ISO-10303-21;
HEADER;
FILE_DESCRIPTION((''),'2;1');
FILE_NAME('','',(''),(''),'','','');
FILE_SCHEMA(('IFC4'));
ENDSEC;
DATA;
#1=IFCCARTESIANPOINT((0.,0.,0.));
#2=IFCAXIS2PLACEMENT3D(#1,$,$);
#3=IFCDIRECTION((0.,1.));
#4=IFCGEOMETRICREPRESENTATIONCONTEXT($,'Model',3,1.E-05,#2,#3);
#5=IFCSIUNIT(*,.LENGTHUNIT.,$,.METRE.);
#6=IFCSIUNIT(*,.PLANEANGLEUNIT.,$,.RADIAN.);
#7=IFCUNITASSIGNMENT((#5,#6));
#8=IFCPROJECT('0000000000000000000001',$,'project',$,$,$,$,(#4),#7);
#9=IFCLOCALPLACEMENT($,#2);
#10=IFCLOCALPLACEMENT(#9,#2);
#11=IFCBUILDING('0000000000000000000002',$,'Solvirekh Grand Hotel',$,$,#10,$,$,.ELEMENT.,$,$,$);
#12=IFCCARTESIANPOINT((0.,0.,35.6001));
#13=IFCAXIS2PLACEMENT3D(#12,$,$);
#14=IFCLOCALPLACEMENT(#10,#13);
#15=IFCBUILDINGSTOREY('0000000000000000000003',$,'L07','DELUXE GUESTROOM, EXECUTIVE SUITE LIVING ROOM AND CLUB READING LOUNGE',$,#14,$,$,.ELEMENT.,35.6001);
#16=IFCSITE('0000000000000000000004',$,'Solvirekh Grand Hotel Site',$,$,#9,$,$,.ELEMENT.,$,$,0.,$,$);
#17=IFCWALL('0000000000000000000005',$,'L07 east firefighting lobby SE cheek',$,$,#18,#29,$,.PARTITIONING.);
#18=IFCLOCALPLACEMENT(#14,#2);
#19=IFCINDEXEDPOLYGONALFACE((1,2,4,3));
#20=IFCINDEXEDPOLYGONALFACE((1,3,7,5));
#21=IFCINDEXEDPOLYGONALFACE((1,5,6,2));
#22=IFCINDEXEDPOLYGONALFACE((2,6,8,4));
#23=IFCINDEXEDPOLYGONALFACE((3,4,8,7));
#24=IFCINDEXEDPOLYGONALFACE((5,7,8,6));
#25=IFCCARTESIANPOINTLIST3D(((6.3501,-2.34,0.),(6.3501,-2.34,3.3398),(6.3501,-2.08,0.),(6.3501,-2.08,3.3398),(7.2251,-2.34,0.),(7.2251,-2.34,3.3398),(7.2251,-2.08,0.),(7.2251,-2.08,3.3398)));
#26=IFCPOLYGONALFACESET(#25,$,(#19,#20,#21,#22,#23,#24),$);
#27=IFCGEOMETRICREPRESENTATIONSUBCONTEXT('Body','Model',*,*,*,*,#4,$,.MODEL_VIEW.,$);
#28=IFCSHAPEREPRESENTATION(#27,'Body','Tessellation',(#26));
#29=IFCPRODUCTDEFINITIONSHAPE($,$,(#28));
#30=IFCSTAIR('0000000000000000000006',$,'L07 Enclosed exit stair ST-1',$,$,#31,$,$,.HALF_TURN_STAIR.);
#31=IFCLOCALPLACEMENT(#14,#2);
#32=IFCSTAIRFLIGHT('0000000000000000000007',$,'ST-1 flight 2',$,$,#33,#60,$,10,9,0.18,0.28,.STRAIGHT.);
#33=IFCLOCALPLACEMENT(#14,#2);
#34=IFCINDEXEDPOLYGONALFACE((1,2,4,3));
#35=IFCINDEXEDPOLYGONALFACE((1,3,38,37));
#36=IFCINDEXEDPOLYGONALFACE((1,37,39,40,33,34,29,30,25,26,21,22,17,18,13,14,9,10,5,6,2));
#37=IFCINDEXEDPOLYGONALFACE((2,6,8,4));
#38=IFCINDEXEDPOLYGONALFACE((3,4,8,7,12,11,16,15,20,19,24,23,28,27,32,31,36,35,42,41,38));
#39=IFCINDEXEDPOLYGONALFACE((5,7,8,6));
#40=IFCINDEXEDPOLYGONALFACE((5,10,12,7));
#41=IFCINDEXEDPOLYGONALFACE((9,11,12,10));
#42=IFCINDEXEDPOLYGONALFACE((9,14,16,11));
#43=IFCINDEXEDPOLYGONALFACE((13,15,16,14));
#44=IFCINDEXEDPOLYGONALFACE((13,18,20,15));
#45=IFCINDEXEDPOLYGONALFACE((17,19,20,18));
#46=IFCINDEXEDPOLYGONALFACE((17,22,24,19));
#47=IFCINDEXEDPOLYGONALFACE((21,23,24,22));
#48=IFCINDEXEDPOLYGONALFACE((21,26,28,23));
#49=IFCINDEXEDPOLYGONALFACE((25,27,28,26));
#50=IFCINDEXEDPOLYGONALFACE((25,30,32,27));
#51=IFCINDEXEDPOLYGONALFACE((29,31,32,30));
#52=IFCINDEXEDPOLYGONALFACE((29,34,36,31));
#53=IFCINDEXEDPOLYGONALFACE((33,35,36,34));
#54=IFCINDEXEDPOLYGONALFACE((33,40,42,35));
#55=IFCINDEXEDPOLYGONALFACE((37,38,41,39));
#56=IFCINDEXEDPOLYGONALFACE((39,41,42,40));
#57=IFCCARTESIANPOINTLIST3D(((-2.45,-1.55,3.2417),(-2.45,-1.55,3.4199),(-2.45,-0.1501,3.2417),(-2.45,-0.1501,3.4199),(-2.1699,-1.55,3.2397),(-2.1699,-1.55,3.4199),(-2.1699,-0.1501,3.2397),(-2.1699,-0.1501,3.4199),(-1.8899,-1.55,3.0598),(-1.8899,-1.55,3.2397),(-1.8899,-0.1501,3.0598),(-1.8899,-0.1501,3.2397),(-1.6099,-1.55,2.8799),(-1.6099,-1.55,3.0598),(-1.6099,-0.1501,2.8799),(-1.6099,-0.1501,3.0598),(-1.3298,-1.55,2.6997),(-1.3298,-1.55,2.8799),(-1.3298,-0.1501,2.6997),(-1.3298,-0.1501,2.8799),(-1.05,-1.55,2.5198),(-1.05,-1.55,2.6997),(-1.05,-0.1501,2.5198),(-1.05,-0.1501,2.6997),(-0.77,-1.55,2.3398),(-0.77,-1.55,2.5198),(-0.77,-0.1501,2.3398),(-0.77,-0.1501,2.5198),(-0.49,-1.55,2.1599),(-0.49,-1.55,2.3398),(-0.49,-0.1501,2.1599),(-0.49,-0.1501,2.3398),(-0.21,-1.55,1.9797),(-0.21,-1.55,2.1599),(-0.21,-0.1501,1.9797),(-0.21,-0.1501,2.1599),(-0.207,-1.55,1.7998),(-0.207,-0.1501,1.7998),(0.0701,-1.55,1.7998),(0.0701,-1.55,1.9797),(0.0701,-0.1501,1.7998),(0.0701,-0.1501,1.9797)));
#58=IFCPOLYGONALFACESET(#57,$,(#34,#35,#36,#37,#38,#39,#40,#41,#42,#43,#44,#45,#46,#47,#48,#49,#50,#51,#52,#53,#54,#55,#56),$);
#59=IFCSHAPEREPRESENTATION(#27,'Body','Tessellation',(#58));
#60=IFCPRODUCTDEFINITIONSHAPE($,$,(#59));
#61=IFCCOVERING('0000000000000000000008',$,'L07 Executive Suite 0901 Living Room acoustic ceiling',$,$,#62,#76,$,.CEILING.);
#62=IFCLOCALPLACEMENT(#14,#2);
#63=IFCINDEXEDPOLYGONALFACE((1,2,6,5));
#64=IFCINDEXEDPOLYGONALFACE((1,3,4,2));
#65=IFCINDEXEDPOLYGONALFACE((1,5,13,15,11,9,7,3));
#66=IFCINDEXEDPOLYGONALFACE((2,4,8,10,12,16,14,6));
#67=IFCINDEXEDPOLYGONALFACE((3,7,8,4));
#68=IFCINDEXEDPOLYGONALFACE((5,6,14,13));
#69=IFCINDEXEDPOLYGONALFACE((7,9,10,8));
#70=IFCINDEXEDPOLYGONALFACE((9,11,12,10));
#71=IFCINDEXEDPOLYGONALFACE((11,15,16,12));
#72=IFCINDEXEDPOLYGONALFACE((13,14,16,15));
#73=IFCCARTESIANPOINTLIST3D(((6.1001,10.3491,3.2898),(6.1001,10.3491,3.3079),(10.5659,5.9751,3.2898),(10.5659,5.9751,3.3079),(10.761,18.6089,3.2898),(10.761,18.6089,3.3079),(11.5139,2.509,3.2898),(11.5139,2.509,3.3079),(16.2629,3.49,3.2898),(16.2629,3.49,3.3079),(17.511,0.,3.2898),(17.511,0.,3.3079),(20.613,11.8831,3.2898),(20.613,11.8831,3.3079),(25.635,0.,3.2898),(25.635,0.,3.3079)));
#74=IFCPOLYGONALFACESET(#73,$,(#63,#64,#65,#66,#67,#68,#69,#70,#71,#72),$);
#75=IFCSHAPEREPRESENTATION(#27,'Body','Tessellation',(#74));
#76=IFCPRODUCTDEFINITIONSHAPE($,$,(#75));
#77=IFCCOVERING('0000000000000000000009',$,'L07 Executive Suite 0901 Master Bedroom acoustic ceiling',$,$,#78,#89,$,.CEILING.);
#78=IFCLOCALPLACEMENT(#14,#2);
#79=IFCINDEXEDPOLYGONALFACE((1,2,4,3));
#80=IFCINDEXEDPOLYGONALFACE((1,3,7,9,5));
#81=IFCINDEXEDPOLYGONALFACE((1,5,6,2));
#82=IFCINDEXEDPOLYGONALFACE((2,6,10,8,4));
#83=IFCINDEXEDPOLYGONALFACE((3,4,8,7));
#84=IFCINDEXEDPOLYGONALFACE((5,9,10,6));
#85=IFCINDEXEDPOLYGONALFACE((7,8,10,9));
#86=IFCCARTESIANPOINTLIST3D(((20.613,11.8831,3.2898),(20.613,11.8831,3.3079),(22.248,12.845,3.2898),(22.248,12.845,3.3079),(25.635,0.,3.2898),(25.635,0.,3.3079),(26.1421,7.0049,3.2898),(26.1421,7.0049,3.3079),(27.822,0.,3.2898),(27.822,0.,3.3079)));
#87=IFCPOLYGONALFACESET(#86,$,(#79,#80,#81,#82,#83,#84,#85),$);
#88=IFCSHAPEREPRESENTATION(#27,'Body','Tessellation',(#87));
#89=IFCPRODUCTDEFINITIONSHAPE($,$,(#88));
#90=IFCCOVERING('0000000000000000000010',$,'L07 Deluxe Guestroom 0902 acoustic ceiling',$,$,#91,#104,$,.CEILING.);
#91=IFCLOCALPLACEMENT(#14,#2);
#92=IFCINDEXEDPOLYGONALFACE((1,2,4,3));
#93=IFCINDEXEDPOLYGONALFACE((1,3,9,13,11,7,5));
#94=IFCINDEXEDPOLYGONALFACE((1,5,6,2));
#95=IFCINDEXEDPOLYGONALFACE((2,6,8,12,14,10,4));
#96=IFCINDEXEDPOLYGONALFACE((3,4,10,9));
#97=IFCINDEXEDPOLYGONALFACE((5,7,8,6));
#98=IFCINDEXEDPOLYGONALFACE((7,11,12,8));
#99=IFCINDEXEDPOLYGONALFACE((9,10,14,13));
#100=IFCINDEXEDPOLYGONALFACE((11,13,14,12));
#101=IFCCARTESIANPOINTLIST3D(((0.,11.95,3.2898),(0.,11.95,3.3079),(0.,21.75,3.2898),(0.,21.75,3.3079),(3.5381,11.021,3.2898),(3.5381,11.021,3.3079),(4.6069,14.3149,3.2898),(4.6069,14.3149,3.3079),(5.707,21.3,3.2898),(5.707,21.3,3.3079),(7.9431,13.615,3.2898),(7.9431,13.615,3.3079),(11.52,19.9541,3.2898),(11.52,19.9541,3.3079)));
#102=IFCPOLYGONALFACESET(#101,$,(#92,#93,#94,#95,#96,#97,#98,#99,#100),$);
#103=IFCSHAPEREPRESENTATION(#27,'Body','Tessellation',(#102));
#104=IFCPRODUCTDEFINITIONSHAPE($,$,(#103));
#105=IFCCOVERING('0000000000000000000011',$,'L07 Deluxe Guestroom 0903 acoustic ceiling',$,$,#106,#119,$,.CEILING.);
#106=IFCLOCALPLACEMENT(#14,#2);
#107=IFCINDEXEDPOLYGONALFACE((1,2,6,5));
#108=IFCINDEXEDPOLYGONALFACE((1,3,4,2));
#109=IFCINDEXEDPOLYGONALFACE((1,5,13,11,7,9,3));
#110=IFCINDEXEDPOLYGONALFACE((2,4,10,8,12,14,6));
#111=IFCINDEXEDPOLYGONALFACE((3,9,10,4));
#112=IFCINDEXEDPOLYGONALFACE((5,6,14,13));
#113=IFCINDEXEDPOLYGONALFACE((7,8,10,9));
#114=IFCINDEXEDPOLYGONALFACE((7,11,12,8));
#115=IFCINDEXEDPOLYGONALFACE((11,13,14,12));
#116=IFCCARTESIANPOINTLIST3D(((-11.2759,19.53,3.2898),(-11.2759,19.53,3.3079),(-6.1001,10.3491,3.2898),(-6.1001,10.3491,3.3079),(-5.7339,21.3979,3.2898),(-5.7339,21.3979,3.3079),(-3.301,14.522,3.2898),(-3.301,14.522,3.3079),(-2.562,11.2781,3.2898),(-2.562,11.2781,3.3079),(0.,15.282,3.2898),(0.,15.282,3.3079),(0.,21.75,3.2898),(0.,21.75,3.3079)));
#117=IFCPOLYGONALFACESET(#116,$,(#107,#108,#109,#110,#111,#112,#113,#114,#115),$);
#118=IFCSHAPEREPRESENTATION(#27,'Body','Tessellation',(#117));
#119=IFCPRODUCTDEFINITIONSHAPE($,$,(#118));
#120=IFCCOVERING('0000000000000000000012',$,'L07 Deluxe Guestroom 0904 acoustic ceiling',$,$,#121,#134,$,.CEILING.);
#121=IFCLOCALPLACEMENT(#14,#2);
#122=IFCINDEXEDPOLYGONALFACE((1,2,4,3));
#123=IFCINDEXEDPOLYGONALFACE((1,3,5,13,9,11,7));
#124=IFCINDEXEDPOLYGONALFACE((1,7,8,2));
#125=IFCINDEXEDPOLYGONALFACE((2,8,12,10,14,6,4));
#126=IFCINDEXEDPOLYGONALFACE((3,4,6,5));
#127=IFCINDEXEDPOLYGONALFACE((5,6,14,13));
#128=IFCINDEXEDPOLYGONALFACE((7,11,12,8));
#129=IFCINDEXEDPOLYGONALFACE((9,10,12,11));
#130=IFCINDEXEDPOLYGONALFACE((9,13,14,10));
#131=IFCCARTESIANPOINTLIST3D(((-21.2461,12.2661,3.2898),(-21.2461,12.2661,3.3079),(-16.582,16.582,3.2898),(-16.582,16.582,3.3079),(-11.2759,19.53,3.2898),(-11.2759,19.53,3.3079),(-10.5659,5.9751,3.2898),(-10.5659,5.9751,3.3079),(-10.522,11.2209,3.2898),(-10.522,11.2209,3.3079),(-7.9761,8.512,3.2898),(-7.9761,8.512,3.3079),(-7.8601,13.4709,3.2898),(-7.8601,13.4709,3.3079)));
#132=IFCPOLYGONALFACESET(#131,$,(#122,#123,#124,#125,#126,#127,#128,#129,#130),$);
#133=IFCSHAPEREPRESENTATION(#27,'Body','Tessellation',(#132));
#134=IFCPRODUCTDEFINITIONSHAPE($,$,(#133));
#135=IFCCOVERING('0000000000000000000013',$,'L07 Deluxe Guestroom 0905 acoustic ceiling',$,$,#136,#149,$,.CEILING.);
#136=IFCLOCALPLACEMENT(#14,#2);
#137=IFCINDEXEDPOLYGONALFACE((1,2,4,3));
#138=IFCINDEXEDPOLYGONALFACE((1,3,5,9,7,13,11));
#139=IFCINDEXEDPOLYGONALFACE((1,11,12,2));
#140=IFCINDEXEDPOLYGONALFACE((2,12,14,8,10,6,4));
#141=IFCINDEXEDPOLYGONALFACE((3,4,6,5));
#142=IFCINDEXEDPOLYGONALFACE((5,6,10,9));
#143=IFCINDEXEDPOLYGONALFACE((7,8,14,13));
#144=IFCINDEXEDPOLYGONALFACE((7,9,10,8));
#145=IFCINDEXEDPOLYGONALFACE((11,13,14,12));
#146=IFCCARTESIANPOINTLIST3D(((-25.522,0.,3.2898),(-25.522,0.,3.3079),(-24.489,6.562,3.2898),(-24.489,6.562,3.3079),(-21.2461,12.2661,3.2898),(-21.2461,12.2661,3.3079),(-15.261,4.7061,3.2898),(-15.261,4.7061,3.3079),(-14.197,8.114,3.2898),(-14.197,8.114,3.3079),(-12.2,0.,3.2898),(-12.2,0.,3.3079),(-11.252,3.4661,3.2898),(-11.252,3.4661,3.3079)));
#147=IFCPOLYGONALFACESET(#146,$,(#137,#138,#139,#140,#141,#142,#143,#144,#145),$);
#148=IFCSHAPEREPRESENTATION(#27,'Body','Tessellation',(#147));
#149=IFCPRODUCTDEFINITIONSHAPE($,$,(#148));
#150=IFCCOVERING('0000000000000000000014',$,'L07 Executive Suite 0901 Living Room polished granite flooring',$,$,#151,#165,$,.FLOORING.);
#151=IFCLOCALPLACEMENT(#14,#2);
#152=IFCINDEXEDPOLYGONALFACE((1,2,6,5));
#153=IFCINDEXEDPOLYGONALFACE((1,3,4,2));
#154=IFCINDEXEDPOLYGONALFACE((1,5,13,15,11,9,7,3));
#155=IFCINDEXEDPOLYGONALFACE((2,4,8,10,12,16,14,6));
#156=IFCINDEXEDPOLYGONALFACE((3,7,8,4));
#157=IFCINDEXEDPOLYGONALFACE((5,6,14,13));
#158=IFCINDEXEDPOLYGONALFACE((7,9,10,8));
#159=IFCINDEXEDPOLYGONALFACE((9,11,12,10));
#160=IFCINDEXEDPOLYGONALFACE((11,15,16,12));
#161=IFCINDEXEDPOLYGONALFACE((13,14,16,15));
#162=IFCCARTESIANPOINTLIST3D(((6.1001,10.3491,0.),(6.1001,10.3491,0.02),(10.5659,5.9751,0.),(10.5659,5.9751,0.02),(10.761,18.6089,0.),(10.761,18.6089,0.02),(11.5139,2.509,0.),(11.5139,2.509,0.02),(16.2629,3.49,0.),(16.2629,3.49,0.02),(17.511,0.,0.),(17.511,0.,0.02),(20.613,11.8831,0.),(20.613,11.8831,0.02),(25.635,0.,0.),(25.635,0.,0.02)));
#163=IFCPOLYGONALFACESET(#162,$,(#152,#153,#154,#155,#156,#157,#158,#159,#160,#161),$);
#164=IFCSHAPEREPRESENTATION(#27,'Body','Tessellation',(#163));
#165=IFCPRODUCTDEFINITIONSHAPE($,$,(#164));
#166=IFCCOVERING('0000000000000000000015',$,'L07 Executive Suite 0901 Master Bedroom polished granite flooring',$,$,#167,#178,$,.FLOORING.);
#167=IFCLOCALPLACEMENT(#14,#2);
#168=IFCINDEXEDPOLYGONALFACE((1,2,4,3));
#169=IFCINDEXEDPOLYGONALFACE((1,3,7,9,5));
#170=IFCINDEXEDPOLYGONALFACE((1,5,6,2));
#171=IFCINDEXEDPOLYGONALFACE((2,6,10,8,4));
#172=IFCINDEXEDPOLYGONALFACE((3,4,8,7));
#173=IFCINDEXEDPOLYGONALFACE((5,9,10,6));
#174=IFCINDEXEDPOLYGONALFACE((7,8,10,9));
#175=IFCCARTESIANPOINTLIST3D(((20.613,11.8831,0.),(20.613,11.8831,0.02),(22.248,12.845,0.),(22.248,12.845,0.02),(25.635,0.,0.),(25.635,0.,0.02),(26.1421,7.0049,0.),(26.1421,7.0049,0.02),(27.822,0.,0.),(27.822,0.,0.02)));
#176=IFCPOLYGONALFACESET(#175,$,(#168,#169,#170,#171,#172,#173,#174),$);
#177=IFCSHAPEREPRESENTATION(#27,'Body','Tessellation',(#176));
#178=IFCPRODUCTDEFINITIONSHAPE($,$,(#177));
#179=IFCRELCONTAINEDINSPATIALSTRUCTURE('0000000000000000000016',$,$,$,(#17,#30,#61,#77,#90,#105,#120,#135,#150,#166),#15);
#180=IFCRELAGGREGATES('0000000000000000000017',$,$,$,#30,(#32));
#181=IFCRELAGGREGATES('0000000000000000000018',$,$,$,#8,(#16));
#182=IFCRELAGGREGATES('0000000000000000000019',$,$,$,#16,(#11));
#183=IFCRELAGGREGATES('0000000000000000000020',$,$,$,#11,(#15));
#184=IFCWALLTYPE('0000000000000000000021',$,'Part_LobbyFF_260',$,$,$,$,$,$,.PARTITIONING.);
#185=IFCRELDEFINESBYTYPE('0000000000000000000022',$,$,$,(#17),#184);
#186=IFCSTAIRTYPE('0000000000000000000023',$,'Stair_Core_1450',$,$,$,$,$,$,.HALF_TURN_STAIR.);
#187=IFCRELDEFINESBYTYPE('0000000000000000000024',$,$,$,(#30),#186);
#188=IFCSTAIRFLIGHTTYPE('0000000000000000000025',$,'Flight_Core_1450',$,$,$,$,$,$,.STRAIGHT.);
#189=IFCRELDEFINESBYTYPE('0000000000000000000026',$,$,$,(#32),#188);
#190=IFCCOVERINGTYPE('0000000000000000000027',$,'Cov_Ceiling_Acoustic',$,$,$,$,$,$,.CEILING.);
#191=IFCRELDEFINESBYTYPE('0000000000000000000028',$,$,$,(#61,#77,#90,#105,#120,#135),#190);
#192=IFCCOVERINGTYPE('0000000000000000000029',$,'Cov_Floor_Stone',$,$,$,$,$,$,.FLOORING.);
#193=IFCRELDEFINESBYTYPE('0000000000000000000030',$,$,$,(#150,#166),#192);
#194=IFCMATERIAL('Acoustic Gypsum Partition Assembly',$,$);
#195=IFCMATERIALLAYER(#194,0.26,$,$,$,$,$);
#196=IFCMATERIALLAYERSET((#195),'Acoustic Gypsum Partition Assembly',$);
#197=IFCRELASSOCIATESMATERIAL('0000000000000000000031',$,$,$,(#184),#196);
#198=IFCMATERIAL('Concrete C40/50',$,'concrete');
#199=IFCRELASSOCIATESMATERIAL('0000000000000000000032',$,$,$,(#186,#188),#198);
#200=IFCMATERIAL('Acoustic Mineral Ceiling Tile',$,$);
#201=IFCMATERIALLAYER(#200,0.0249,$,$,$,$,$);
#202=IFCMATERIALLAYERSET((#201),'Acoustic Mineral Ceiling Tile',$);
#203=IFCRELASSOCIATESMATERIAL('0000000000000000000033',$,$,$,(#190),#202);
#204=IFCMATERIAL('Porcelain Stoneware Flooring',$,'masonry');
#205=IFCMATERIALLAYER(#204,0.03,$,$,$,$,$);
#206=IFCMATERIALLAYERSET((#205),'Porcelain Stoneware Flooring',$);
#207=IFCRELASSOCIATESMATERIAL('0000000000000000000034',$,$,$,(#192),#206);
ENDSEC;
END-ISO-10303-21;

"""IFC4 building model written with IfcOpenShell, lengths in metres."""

from ifc_helpers import new_model, si_unit, direction, frame, frame_2d, origin, place, context, subcontext, project, spatial, polyline, rectangle, outline, extrude, material, layer, layer_set, type_object, element, aggregate, save


model = new_model("IFC4")

# Units and contexts
model_context = context("Model", 3, precision=1e-05, world=origin(), true_north=direction((0.0, 1.0)))
body_context = subcontext(model_context, "Body", "Model", "MODEL_VIEW")
ifc_project = project(units=[si_unit("LENGTHUNIT", "METRE"), si_unit("PLANEANGLEUNIT", "RADIAN")], contexts=[model_context])

# Site, building, storey
site_placement = place(None, origin())
site = spatial("IfcSite", under=ifc_project, at=site_placement, Name="Solvirekh Grand Hotel Site", CompositionType="ELEMENT", RefElevation=0.0)
building_placement = place(site_placement, origin())
building = spatial("IfcBuilding", under=site, at=building_placement, Name="Solvirekh Grand Hotel", CompositionType="ELEMENT")
storey_placement = place(building_placement, frame((0.0, 0.0, 35.6001)))
storey = spatial("IfcBuildingStorey", under=building, at=storey_placement, Name="L07", Description="DELUXE GUESTROOM, EXECUTIVE SUITE LIVING ROOM AND CLUB READING LOUNGE", CompositionType="ELEMENT", Elevation=35.6001)

# Wall
ifc_material_1 = material(Name="Acoustic Gypsum Partition Assembly")
ifc_layer_1 = layer(ifc_material_1, 0.26)
ifc_layer_set_1 = layer_set([ifc_layer_1], Name="Acoustic Gypsum Partition Assembly")
wall_type = type_object("IfcWallType", Name="Part_LobbyFF_260", PredefinedType="PARTITIONING", material=ifc_layer_set_1)
wall_placement = place(storey_placement, frame((6.3501, -2.21, 0.0), z_axis=(0.0, 0.0, 1.0), x_axis=(1.0, 0.0, 0.0)))
element("IfcWall", 1, at=wall_placement, inside=storey, type_object=wall_type, Name="L07 east firefighting lobby SE cheek", PredefinedType="PARTITIONING", context=body_context, shape_type="SweptSolid", body=[
    extrude(rectangle(XDim=0.875, YDim=0.26, at=frame_2d((0.4375, 0.0))), origin(), (0.0, 0.0, 1.0), 3.3398),
])

# Stair, stair flight
ifc_material_2 = material(Name="Concrete C40/50", Category="concrete")
stair_type = type_object("IfcStairType", Name="Stair_Core_1450", PredefinedType="HALF_TURN_STAIR", material=ifc_material_2)
stair_placement = place(storey_placement, origin())
stair = element("IfcStair", 2, at=stair_placement, inside=storey, type_object=stair_type, Name="L07 Enclosed exit stair ST-1", PredefinedType="HALF_TURN_STAIR")
stair_flight_type = type_object("IfcStairFlightType", Name="Flight_Core_1450", PredefinedType="STRAIGHT", material=ifc_material_2)
stair_flight_placement = place(storey_placement, frame((0.0701, -0.8501, 1.7998), z_axis=(0.0, 0.0, 1.0), x_axis=(-1.0, 0.0, 0.0)))
stair_flight = element("IfcStairFlight", 3, at=stair_flight_placement, type_object=stair_flight_type, Name="ST-1 flight 2", NumberOfRisers=10, NumberOfTreads=9, PredefinedType="STRAIGHT", RiserHeight=0.18, TreadLength=0.28, context=body_context, shape_type="SweptSolid", body=[
    extrude(outline(polyline([(0.0, 0.0), (0.0, 0.1799), (0.28, 0.1799), (0.28, 0.3601), (0.5601, 0.3601), (0.5601, 0.54), (0.8401, 0.54), (0.8401, 0.72), (1.1201, 0.72), (1.1201, 0.8999), (1.3999, 0.8999), (1.3999, 1.0801), (1.6799, 1.0801), (1.6799, 1.26), (1.96, 1.26), (1.96, 1.4399), (2.24, 1.4399), (2.24, 1.6201), (2.52, 1.6201), (2.52, 1.8), (2.52, 1.4419), (0.2771, 0.0), (0.0, 0.0)])), frame((0.0, 0.7, 0.0), z_axis=(0.0, -1.0, 0.0), x_axis=(1.0, 0.0, 0.0)), (0.0, 0.0, 1.0), 1.3999),
])
aggregate(stair, [stair_flight])

# Coverings
ifc_material_3 = material(Name="Acoustic Mineral Ceiling Tile")
ifc_layer_2 = layer(ifc_material_3, 0.0249)
ifc_layer_set_2 = layer_set([ifc_layer_2], Name="Acoustic Mineral Ceiling Tile")
covering_type_1 = type_object("IfcCoveringType", Name="Cov_Ceiling_Acoustic", PredefinedType="CEILING", material=ifc_layer_set_2)
covering_1_placement = place(storey_placement, frame((0.0, 0.0, 3.2898)))
element("IfcCovering", 4, at=covering_1_placement, inside=storey, type_object=covering_type_1, Name="L07 Executive Suite 0901 Living Room acoustic ceiling", PredefinedType="CEILING", context=body_context, shape_type="SweptSolid", body=[
    extrude(outline(polyline([(16.2629, 3.49), (17.511, 0.0), (25.635, 0.0), (20.613, 11.8831), (10.761, 18.6089), (6.1001, 10.3491), (10.5659, 5.9751), (11.5139, 2.509), (16.2629, 3.49)])), origin(), (0.0, 0.0, 1.0), 0.0181),
])
covering_2_placement = place(storey_placement, frame((0.0, 0.0, 3.2898)))
element("IfcCovering", 5, at=covering_2_placement, inside=storey, type_object=covering_type_1, Name="L07 Executive Suite 0901 Master Bedroom acoustic ceiling", PredefinedType="CEILING", context=body_context, shape_type="SweptSolid", body=[
    extrude(outline(polyline([(27.822, 0.0), (26.1421, 7.0049), (22.248, 12.845), (20.613, 11.8831), (25.635, 0.0), (27.822, 0.0)])), origin(), (0.0, 0.0, 1.0), 0.0181),
])
covering_3_placement = place(storey_placement, frame((0.0, 0.0, 3.2898)))
element("IfcCovering", 6, at=covering_3_placement, inside=storey, type_object=covering_type_1, Name="L07 Deluxe Guestroom 0902 acoustic ceiling", PredefinedType="CEILING", context=body_context, shape_type="SweptSolid", body=[
    extrude(outline(polyline([(4.6069, 14.3149), (7.9431, 13.615), (11.52, 19.9541), (5.707, 21.3), (0.0, 21.75), (0.0, 11.95), (3.5381, 11.021), (4.6069, 14.3149)])), origin(), (0.0, 0.0, 1.0), 0.0181),
])
covering_4_placement = place(storey_placement, frame((0.0, 0.0, 3.2898)))
element("IfcCovering", 7, at=covering_4_placement, inside=storey, type_object=covering_type_1, Name="L07 Deluxe Guestroom 0903 acoustic ceiling", PredefinedType="CEILING", context=body_context, shape_type="SweptSolid", body=[
    extrude(outline(polyline([(-3.301, 14.522), (0.0, 15.282), (0.0, 21.75), (-5.7339, 21.3979), (-11.2759, 19.53), (-6.1001, 10.3491), (-2.562, 11.2781), (-3.301, 14.522)])), origin(), (0.0, 0.0, 1.0), 0.0181),
])
covering_5_placement = place(storey_placement, frame((0.0, 0.0, 3.2898)))
element("IfcCovering", 8, at=covering_5_placement, inside=storey, type_object=covering_type_1, Name="L07 Deluxe Guestroom 0904 acoustic ceiling", PredefinedType="CEILING", context=body_context, shape_type="SweptSolid", body=[
    extrude(outline(polyline([(-10.522, 11.2209), (-7.8601, 13.4709), (-11.2759, 19.53), (-16.582, 16.582), (-21.2461, 12.2661), (-10.5659, 5.9751), (-7.9761, 8.512), (-10.522, 11.2209)])), origin(), (0.0, 0.0, 1.0), 0.0181),
])
covering_6_placement = place(storey_placement, frame((0.0, 0.0, 3.2898)))
element("IfcCovering", 9, at=covering_6_placement, inside=storey, type_object=covering_type_1, Name="L07 Deluxe Guestroom 0905 acoustic ceiling", PredefinedType="CEILING", context=body_context, shape_type="SweptSolid", body=[
    extrude(outline(polyline([(-15.261, 4.7061), (-14.197, 8.114), (-21.2461, 12.2661), (-24.489, 6.562), (-25.522, 0.0), (-12.2, 0.0), (-11.252, 3.4661), (-15.261, 4.7061)])), origin(), (0.0, 0.0, 1.0), 0.0181),
])
ifc_material_4 = material(Name="Porcelain Stoneware Flooring", Category="masonry")
ifc_layer_3 = layer(ifc_material_4, 0.03)
ifc_layer_set_3 = layer_set([ifc_layer_3], Name="Porcelain Stoneware Flooring")
covering_type_2 = type_object("IfcCoveringType", Name="Cov_Floor_Stone", PredefinedType="FLOORING", material=ifc_layer_set_3)
covering_7_placement = place(storey_placement, origin())
element("IfcCovering", 10, at=covering_7_placement, inside=storey, type_object=covering_type_2, Name="L07 Executive Suite 0901 Living Room polished granite flooring", PredefinedType="FLOORING", context=body_context, shape_type="SweptSolid", body=[
    extrude(outline(polyline([(16.2629, 3.49), (17.511, 0.0), (25.635, 0.0), (20.613, 11.8831), (10.761, 18.6089), (6.1001, 10.3491), (10.5659, 5.9751), (11.5139, 2.509), (16.2629, 3.49)])), origin(), (0.0, 0.0, 1.0), 0.02),
])
covering_8_placement = place(storey_placement, origin())
element("IfcCovering", 11, at=covering_8_placement, inside=storey, type_object=covering_type_2, Name="L07 Executive Suite 0901 Master Bedroom polished granite flooring", PredefinedType="FLOORING", context=body_context, shape_type="SweptSolid", body=[
    extrude(outline(polyline([(27.822, 0.0), (26.1421, 7.0049), (22.248, 12.845), (20.613, 11.8831), (25.635, 0.0), (27.822, 0.0)])), origin(), (0.0, 0.0, 1.0), 0.02),
])

save(model, "model.ifc")
